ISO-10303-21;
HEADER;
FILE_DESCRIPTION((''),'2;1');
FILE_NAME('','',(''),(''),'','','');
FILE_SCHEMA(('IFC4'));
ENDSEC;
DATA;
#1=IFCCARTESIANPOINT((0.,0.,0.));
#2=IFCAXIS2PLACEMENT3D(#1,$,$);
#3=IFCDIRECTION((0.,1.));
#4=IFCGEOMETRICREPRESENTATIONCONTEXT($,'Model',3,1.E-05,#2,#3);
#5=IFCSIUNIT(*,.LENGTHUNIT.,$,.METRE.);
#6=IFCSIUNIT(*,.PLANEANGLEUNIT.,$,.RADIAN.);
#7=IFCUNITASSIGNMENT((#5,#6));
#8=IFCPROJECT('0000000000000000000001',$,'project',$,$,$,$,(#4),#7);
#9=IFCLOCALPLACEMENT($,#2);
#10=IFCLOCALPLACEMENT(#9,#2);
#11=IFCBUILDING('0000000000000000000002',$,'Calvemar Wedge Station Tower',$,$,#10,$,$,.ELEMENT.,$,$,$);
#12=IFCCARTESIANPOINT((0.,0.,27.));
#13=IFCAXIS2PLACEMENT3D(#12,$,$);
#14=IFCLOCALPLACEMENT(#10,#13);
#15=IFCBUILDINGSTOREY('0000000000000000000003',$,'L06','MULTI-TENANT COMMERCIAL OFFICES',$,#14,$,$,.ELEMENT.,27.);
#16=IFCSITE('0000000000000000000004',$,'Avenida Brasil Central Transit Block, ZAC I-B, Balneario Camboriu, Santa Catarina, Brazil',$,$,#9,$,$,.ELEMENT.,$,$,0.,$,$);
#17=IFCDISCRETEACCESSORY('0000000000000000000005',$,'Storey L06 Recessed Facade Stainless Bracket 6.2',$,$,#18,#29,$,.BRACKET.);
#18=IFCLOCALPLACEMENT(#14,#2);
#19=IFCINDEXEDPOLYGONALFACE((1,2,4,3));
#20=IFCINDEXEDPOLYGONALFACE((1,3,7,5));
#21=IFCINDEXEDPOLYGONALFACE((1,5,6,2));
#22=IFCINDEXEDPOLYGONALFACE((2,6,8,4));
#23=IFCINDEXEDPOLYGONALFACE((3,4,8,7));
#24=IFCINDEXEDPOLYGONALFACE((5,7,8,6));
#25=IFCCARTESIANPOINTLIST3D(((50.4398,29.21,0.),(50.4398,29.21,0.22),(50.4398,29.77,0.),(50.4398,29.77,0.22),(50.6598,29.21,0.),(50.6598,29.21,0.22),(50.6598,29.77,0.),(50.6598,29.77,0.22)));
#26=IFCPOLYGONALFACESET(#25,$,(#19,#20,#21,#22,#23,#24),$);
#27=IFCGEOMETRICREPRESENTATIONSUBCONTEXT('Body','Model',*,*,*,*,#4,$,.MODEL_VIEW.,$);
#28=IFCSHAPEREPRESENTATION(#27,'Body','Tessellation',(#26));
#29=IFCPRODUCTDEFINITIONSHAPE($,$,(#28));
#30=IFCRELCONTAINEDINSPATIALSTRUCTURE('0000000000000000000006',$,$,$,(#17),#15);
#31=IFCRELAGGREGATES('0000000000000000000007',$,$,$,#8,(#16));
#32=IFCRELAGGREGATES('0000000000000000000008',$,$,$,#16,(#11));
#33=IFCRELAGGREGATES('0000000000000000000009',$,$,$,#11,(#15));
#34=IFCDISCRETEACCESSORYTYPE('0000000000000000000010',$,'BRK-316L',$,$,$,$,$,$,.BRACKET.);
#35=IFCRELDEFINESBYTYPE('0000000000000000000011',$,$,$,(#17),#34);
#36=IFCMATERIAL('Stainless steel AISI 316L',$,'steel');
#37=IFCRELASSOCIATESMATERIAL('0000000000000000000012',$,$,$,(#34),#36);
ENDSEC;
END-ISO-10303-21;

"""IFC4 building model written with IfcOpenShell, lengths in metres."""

from ifc_helpers import new_model, si_unit, direction, frame, origin, origin_2d, place, context, subcontext, project, spatial, rectangle, extrude, source, transform, mapped, material, type_object, element, save


model = new_model("IFC4")

# Units and contexts
model_context = context("Model", 3, precision=1e-05, world=origin(), true_north=direction((0.0, 1.0)))
body_context = subcontext(model_context, "Body", "Model", "MODEL_VIEW")
ifc_project = project(units=[si_unit("LENGTHUNIT", "METRE"), si_unit("PLANEANGLEUNIT", "RADIAN")], contexts=[model_context])

# Site, building, storey
site_placement = place(None, origin())
site = spatial("IfcSite", under=ifc_project, at=site_placement, Name="Avenida Brasil Central Transit Block, ZAC I-B, Balneario Camboriu, Santa Catarina, Brazil", CompositionType="ELEMENT", RefElevation=0.0)
building_placement = place(site_placement, origin())
building = spatial("IfcBuilding", under=site, at=building_placement, Name="Calvemar Wedge Station Tower", CompositionType="ELEMENT")
storey_placement = place(building_placement, frame((0.0, 0.0, 27.0)))
storey = spatial("IfcBuildingStorey", under=building, at=storey_placement, Name="L06", Description="MULTI-TENANT COMMERCIAL OFFICES", CompositionType="ELEMENT", Elevation=27.0)

# Discrete accessory
ifc_material_1 = material(Name="Stainless steel AISI 316L", Category="steel")
discrete_accessory_type = type_object("IfcDiscreteAccessoryType", Name="BRK-316L", PredefinedType="BRACKET", material=ifc_material_1)
shared_shape_1 = source(origin(), body_context, "Body", "SweptSolid", [
    extrude(rectangle(XDim=0.22, YDim=0.5601, at=origin_2d()), origin(), (0.0, 0.0, 1.0), 0.22),
])
discrete_accessory_placement = place(storey_placement, frame((50.5498, 29.49, 0.0), z_axis=(0.0, 0.0, 1.0), x_axis=(1.0, 0.0, 0.0)))
element("IfcDiscreteAccessory", 1, at=discrete_accessory_placement, inside=storey, type_object=discrete_accessory_type, Name="Storey L06 Recessed Facade Stainless Bracket 6.2", PredefinedType="BRACKET", context=body_context, shape_type="MappedRepresentation", body=[
    mapped(shared_shape_1, transform((0.0, 0.0, 0.0), scale=1.0)),
])

save(model, "model.ifc")
